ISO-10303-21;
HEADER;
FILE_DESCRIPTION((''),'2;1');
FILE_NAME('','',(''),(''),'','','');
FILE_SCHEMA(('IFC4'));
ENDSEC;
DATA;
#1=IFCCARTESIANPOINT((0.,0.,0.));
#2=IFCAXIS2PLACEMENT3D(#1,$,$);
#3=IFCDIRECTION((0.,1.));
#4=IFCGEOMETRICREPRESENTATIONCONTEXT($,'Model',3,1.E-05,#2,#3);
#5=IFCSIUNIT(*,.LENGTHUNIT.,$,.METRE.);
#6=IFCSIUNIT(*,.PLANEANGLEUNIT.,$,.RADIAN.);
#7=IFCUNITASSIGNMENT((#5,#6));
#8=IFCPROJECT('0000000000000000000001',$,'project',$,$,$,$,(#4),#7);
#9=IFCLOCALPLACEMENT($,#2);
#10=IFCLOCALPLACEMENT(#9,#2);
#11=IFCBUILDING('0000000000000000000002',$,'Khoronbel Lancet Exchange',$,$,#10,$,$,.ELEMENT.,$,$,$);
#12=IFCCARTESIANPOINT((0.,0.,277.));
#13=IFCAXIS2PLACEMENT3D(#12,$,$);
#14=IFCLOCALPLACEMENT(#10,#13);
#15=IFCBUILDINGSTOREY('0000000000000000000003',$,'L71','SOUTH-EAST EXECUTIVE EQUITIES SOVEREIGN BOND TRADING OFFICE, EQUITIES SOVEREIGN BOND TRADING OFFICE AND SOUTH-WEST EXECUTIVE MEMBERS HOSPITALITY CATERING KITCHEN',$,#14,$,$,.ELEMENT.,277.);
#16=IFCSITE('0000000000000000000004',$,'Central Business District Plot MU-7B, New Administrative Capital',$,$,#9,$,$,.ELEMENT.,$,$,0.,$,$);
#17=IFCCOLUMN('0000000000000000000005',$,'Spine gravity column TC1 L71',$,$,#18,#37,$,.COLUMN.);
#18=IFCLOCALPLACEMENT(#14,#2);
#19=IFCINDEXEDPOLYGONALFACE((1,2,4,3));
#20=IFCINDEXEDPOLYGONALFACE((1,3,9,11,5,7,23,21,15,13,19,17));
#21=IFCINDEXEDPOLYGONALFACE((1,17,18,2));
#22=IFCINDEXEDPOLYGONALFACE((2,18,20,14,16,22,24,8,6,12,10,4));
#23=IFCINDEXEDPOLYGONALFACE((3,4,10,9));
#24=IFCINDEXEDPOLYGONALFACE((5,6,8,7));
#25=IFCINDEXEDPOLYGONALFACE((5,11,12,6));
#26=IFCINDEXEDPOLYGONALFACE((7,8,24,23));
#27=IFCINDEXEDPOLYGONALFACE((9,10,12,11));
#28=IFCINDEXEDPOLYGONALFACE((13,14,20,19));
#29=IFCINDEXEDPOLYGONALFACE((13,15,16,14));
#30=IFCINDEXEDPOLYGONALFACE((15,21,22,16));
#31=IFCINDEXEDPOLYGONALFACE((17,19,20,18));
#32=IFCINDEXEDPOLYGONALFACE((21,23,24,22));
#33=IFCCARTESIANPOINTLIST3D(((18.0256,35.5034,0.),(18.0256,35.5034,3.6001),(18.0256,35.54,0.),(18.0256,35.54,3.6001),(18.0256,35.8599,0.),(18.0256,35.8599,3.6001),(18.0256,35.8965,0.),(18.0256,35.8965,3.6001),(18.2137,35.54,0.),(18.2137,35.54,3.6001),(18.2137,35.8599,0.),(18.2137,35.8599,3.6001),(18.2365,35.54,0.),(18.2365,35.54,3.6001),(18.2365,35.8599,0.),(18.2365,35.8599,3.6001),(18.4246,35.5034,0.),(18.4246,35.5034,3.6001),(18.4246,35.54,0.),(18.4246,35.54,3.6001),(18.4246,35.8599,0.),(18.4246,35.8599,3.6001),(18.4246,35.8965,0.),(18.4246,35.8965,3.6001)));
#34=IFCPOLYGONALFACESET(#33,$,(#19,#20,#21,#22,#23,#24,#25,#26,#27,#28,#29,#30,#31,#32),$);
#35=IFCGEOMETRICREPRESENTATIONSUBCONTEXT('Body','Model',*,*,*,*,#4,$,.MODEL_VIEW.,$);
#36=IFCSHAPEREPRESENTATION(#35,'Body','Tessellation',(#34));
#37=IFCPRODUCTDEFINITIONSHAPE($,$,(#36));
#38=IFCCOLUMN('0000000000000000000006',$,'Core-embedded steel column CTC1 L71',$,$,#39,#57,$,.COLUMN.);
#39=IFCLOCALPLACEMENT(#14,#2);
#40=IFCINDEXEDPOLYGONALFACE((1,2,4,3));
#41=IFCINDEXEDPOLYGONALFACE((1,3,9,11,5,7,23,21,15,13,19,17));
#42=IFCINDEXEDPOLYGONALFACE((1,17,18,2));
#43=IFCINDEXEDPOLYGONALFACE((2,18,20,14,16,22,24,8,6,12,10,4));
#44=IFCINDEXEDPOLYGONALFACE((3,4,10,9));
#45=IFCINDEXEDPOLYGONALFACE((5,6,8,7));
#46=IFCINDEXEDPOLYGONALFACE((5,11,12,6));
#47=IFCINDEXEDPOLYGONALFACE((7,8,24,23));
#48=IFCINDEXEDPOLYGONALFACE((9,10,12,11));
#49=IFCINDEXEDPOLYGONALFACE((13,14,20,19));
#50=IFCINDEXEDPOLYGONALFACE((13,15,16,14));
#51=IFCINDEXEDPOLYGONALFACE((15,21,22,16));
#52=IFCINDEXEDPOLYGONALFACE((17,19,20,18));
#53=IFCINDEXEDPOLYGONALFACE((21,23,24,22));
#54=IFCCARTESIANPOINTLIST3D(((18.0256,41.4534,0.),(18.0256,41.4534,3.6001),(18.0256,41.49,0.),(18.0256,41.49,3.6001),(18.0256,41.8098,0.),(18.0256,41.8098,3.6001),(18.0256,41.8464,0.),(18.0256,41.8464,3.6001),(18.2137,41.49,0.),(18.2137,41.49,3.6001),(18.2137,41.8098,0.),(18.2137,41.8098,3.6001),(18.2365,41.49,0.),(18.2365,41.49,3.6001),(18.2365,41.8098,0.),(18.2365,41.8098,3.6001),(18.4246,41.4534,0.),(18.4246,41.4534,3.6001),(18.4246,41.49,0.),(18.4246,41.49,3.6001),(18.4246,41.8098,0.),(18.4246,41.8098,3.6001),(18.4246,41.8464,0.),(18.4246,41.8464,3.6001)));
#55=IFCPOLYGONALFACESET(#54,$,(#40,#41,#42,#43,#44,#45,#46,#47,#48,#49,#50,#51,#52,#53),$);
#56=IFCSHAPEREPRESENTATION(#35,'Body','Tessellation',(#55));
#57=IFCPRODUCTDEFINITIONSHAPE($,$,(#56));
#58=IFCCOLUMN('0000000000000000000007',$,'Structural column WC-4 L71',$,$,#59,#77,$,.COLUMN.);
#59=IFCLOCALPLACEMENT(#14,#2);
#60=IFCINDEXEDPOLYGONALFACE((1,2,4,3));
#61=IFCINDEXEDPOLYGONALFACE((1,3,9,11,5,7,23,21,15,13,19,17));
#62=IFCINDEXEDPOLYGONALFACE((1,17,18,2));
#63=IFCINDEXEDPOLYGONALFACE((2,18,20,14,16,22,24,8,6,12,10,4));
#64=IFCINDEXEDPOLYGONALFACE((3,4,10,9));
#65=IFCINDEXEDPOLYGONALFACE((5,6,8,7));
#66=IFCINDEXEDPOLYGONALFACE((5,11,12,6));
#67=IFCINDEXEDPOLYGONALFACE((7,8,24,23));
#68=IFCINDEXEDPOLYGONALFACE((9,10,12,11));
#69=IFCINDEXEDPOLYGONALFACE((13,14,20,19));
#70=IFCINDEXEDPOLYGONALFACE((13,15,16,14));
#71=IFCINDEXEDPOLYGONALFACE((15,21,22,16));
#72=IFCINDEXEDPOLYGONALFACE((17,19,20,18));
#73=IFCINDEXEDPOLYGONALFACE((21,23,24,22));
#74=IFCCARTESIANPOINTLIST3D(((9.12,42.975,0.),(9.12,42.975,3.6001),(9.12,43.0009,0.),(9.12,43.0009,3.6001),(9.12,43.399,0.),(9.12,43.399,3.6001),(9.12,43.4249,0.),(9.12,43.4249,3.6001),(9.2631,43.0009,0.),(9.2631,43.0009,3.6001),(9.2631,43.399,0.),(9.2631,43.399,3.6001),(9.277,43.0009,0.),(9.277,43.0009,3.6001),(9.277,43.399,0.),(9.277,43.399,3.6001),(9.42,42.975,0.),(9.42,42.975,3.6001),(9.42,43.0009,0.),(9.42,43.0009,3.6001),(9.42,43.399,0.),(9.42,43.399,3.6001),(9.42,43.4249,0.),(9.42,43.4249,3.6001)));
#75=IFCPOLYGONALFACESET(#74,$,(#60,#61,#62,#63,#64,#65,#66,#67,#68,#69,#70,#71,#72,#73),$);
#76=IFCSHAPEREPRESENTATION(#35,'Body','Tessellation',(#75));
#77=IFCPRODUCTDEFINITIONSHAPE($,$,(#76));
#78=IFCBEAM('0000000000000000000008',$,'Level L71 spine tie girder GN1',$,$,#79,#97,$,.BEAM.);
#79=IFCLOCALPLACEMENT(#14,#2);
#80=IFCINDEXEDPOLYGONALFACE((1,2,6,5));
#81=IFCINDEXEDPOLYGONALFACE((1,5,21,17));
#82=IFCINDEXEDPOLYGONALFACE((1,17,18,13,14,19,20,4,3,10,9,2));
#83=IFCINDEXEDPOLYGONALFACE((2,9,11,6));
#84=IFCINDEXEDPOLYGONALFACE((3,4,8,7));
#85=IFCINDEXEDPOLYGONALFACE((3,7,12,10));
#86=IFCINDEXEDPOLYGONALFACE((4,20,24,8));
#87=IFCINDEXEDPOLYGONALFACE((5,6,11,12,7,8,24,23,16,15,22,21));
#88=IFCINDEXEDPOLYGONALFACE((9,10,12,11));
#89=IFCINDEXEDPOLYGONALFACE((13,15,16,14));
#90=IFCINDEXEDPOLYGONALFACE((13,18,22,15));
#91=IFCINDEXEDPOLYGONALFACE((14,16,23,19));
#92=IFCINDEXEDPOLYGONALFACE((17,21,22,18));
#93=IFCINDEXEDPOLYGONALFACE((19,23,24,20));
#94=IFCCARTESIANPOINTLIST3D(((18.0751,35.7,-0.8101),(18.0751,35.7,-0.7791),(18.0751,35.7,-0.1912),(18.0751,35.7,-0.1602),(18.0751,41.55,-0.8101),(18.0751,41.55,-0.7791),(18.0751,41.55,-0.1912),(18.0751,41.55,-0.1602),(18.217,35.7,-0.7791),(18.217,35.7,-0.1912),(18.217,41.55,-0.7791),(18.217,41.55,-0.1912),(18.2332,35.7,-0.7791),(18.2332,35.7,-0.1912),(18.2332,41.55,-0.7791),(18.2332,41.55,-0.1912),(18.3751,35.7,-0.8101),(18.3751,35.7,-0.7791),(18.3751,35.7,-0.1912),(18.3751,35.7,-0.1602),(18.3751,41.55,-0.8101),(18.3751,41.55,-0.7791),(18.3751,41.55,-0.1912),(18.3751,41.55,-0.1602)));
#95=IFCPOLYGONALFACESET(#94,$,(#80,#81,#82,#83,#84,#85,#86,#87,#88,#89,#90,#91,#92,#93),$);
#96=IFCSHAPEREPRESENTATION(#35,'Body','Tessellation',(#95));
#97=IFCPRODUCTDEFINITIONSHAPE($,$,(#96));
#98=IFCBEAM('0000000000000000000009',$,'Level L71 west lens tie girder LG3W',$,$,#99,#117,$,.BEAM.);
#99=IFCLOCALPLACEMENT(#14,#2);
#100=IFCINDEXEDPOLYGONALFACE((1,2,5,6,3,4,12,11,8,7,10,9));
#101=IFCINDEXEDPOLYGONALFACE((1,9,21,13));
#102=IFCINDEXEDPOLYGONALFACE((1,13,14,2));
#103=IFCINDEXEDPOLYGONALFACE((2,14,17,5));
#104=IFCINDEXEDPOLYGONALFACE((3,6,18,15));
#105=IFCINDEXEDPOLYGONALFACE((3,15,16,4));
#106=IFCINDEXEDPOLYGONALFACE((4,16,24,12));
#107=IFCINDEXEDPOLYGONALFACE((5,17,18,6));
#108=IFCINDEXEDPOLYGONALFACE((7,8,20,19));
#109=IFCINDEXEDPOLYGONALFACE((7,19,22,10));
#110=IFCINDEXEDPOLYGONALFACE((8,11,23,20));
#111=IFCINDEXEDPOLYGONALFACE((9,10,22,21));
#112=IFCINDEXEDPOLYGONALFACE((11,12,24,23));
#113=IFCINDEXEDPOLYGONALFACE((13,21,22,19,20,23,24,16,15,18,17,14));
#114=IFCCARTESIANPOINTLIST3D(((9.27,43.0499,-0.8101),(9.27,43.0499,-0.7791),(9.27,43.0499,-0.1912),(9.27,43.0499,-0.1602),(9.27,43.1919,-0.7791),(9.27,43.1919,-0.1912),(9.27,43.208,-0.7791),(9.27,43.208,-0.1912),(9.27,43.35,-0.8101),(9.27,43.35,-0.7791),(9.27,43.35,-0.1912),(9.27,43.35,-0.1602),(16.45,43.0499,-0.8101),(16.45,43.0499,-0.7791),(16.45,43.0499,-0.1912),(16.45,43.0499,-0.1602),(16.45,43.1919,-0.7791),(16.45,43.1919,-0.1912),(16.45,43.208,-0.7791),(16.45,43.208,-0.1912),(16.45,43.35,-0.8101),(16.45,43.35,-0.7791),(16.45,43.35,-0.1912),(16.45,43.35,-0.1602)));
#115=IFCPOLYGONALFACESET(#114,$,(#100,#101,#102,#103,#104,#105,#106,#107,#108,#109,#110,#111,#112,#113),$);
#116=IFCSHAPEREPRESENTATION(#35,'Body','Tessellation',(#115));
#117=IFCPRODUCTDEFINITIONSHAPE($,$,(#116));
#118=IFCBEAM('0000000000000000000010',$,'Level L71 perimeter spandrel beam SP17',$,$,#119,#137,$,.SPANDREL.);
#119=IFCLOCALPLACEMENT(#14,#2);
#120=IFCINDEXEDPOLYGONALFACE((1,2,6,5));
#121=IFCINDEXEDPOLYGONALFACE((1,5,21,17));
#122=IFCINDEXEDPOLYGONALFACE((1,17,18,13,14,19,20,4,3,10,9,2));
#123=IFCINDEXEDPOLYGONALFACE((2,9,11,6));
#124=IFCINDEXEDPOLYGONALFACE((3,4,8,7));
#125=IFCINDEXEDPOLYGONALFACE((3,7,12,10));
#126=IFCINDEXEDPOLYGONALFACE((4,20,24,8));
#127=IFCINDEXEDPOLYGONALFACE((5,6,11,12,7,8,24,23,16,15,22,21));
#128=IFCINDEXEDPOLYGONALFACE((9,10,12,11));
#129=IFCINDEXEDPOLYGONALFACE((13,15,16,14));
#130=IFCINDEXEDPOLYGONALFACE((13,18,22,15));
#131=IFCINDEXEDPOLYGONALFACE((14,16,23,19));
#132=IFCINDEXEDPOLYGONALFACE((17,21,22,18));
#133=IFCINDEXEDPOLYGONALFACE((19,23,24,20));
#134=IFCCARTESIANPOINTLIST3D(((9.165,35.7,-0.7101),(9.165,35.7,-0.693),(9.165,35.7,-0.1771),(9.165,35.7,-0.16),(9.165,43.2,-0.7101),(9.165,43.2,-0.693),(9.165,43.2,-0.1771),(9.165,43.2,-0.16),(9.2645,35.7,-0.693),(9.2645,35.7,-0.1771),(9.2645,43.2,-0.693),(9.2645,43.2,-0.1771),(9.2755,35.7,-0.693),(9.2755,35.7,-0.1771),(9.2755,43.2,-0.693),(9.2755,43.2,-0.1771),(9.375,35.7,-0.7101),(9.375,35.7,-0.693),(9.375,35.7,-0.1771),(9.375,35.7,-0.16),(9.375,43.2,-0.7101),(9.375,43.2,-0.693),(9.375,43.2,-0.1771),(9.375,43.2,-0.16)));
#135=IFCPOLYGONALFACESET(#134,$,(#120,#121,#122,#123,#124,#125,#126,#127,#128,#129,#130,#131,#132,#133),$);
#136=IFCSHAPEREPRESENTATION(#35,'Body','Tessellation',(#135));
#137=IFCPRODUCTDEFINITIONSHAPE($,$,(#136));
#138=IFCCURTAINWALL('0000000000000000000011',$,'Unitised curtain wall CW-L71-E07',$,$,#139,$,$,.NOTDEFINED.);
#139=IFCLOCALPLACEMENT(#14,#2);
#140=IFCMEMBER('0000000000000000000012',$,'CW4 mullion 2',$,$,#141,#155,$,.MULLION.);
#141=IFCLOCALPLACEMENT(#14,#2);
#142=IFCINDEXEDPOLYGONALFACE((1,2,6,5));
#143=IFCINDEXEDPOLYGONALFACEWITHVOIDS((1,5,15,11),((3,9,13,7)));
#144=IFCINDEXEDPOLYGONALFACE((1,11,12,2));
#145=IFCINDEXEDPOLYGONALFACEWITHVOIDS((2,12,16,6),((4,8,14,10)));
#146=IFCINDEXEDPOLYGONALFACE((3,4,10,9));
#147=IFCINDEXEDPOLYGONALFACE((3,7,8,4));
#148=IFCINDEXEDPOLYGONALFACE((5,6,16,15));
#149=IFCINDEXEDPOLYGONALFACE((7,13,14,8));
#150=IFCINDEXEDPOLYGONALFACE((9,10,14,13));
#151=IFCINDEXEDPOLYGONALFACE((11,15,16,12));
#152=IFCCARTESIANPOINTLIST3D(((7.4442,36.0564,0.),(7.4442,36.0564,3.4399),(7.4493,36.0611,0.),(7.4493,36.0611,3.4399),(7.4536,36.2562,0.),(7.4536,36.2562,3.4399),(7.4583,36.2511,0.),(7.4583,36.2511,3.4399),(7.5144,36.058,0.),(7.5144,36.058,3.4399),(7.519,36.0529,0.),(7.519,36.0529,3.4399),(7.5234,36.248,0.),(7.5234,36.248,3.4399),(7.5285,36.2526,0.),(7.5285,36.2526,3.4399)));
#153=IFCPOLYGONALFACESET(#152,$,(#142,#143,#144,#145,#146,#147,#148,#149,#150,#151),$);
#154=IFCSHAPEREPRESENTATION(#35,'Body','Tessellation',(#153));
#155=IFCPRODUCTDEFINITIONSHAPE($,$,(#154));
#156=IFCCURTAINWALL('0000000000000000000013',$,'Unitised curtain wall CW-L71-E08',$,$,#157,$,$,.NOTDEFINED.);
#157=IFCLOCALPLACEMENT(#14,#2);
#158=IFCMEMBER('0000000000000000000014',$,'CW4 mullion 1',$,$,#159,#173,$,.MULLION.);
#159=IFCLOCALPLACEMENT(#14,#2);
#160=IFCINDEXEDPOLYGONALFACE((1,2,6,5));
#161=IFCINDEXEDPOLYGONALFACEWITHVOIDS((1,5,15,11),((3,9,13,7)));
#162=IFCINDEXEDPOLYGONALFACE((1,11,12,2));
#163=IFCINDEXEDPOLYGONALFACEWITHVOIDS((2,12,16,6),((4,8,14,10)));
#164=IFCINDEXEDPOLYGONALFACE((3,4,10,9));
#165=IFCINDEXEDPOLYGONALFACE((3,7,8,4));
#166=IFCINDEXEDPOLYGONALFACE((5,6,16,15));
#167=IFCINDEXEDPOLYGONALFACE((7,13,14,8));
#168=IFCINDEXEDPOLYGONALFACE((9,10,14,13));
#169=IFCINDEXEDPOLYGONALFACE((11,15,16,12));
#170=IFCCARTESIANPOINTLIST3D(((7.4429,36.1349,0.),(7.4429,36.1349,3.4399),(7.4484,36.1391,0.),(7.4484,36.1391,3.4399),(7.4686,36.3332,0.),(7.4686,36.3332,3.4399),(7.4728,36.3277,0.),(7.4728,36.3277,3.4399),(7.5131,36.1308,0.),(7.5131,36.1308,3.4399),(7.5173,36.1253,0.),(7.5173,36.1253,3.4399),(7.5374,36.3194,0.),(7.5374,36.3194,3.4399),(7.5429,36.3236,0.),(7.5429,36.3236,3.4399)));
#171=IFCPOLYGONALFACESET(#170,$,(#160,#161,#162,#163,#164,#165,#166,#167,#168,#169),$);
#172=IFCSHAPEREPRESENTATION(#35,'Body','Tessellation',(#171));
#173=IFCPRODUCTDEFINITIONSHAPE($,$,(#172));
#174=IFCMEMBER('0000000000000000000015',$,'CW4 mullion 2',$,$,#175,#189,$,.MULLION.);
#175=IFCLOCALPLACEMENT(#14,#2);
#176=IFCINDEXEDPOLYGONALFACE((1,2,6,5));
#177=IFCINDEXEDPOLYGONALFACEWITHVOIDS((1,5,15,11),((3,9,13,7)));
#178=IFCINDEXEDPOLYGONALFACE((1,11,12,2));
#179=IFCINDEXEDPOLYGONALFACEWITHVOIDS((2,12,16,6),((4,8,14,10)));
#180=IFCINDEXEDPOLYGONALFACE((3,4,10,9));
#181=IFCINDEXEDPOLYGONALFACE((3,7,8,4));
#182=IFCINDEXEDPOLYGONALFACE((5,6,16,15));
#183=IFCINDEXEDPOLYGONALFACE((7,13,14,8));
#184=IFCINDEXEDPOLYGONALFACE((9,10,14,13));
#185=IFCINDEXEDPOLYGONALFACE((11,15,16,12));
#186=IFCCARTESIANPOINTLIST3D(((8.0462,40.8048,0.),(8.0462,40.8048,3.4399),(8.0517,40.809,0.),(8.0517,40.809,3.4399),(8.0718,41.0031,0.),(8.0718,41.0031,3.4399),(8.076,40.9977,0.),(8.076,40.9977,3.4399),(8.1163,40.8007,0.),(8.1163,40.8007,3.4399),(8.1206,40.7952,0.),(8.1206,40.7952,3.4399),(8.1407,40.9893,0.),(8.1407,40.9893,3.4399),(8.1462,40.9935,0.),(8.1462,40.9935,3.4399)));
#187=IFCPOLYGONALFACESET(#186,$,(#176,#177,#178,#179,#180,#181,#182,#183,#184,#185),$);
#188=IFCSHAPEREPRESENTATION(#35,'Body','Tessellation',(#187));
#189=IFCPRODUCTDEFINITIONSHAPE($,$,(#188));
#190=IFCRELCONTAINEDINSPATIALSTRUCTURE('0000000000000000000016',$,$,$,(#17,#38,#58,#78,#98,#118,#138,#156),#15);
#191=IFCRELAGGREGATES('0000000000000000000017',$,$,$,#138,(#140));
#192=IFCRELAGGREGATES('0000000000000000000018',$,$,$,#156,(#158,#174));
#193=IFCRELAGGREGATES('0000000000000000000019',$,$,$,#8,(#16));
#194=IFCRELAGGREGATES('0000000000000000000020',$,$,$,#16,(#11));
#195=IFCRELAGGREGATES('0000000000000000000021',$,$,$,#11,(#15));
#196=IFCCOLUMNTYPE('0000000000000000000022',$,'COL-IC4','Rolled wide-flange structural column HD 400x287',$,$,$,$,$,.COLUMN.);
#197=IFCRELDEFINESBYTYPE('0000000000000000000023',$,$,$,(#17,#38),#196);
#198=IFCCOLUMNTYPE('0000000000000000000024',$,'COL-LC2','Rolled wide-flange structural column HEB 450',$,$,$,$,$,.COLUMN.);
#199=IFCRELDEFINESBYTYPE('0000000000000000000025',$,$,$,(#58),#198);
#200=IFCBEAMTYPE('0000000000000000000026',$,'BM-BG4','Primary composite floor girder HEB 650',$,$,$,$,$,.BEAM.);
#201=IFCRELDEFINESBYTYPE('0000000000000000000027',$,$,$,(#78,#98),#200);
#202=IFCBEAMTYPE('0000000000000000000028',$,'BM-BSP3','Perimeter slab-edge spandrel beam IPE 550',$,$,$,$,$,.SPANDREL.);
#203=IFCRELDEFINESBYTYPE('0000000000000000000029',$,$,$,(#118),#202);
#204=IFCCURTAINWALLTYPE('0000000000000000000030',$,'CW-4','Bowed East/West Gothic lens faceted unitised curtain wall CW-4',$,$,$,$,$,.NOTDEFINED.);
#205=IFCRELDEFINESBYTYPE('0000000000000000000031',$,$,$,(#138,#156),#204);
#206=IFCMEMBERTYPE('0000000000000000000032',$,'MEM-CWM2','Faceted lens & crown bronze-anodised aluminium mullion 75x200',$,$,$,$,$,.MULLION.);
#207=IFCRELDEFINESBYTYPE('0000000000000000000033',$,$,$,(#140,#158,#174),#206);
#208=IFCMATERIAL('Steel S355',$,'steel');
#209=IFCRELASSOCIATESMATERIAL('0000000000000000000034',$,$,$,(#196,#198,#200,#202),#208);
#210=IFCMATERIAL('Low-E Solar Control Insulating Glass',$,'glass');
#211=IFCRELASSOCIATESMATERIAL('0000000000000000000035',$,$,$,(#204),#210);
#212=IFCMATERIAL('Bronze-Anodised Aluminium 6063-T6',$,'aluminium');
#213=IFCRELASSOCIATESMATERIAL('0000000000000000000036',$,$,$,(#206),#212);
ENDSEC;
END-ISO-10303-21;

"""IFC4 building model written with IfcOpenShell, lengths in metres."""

from ifc_helpers import new_model, si_unit, direction, frame, origin, origin_2d, place, context, subcontext, project, spatial, hollow_rectangle, i_section, extrude, material, material_profile, profile_set, type_object, element, aggregate, save


model = new_model("IFC4")

# Units and contexts
model_context = context("Model", 3, precision=1e-05, world=origin(), true_north=direction((0.0, 1.0)))
body_context = subcontext(model_context, "Body", "Model", "MODEL_VIEW")
ifc_project = project(units=[si_unit("LENGTHUNIT", "METRE"), si_unit("PLANEANGLEUNIT", "RADIAN")], contexts=[model_context])

# Site, building, storey
site_placement = place(None, origin())
site = spatial("IfcSite", under=ifc_project, at=site_placement, Name="Central Business District Plot MU-7B, New Administrative Capital", CompositionType="ELEMENT", RefElevation=0.0)
building_placement = place(site_placement, origin())
building = spatial("IfcBuilding", under=site, at=building_placement, Name="Khoronbel Lancet Exchange", CompositionType="ELEMENT")
storey_placement = place(building_placement, frame((0.0, 0.0, 277.0)))
storey = spatial("IfcBuildingStorey", under=building, at=storey_placement, Name="L71", Description="SOUTH-EAST EXECUTIVE EQUITIES SOVEREIGN BOND TRADING OFFICE, EQUITIES SOVEREIGN BOND TRADING OFFICE AND SOUTH-WEST EXECUTIVE MEMBERS HOSPITALITY CATERING KITCHEN", CompositionType="ELEMENT", Elevation=277.0)

# Columns
ifc_material_1 = material(Name="Steel S355", Category="steel")
ifc_material_profile_1 = material_profile(ifc_material_1, i_section(OverallWidth=0.3989, OverallDepth=0.3931, WebThickness=0.0227, FlangeThickness=0.0366, at=origin_2d()), Name="HD 400x287")
ifc_profile_set_1 = profile_set([ifc_material_profile_1], Name="Steel S355")
column_type_1 = type_object("IfcColumnType", Name="COL-IC4", Description="Rolled wide-flange structural column HD 400x287", PredefinedType="COLUMN", material=ifc_profile_set_1)
for number, where, z_axis, x_axis, name in (
    (1, (18.2251, 35.7, 0.0), (0.0, 0.0, 1.0), (1.0, 0.0, 0.0), "Spine gravity column TC1 L71"),
    (2, (18.2251, 41.6499, 0.0), (0.0, 0.0, 1.0), (1.0, 0.0, 0.0), "Core-embedded steel column CTC1 L71"),
):
    element("IfcColumn", number, at=place(storey_placement, frame(where, z_axis=z_axis, x_axis=x_axis)), inside=storey, type_object=column_type_1, Name=name, PredefinedType="COLUMN", context=body_context, shape_type="SweptSolid", body=[
        extrude(i_section(OverallWidth=0.3989, OverallDepth=0.3931, WebThickness=0.0227, FlangeThickness=0.0366, at=origin_2d()), origin(), (0.0, 0.0, 1.0), 3.6001),
    ])
ifc_material_profile_2 = material_profile(ifc_material_1, i_section(OverallWidth=0.3, OverallDepth=0.45, WebThickness=0.0139, FlangeThickness=0.0259, at=origin_2d()), Name="HEB 450")
ifc_profile_set_2 = profile_set([ifc_material_profile_2], Name="Steel S355")
column_type_2 = type_object("IfcColumnType", Name="COL-LC2", Description="Rolled wide-flange structural column HEB 450", PredefinedType="COLUMN", material=ifc_profile_set_2)
column_placement = place(storey_placement, frame((9.27, 43.2, 0.0), z_axis=(0.0, 0.0, 1.0), x_axis=(1.0, 0.0, 0.0)))
element("IfcColumn", 3, at=column_placement, inside=storey, type_object=column_type_2, Name="Structural column WC-4 L71", PredefinedType="COLUMN", context=body_context, shape_type="SweptSolid", body=[
    extrude(i_section(OverallWidth=0.3, OverallDepth=0.45, WebThickness=0.0139, FlangeThickness=0.0259, at=origin_2d()), origin(), (0.0, 0.0, 1.0), 3.6001),
])

# Beams
ifc_material_profile_3 = material_profile(ifc_material_1, i_section(OverallWidth=0.3, OverallDepth=0.6499, WebThickness=0.0161, FlangeThickness=0.031, at=origin_2d()), Name="HEB 650")
ifc_profile_set_3 = profile_set([ifc_material_profile_3], Name="Steel S355")
beam_type_1 = type_object("IfcBeamType", Name="BM-BG4", Description="Primary composite floor girder HEB 650", PredefinedType="BEAM", material=ifc_profile_set_3)
beam_1_placement = place(storey_placement, frame((18.2251, 35.7, -0.4851), z_axis=(0.0, 1.0, 0.0), x_axis=(-1.0, 0.0, 0.0)))
element("IfcBeam", 4, at=beam_1_placement, inside=storey, type_object=beam_type_1, Name="Level L71 spine tie girder GN1", PredefinedType="BEAM", context=body_context, shape_type="SweptSolid", body=[
    extrude(i_section(OverallWidth=0.3, OverallDepth=0.6499, WebThickness=0.0161, FlangeThickness=0.031, at=origin_2d()), origin(), (0.0, 0.0, 1.0), 5.8501),
])
beam_2_placement = place(storey_placement, frame((9.27, 43.2, -0.4851), z_axis=(1.0, 0.0, 0.0), x_axis=(0.0, 1.0, 0.0)))
element("IfcBeam", 5, at=beam_2_placement, inside=storey, type_object=beam_type_1, Name="Level L71 west lens tie girder LG3W", PredefinedType="BEAM", context=body_context, shape_type="SweptSolid", body=[
    extrude(i_section(OverallWidth=0.3, OverallDepth=0.6499, WebThickness=0.0161, FlangeThickness=0.031, at=origin_2d()), origin(), (0.0, 0.0, 1.0), 7.1799),
])
ifc_material_profile_4 = material_profile(ifc_material_1, i_section(OverallWidth=0.21, OverallDepth=0.55, WebThickness=0.011, FlangeThickness=0.0171, at=origin_2d()), Name="IPE 550")
ifc_profile_set_4 = profile_set([ifc_material_profile_4], Name="Steel S355")
beam_type_2 = type_object("IfcBeamType", Name="BM-BSP3", Description="Perimeter slab-edge spandrel beam IPE 550", PredefinedType="SPANDREL", material=ifc_profile_set_4)
beam_3_placement = place(storey_placement, frame((9.27, 43.2, -0.4351), z_axis=(0.0, -1.0, 0.0), x_axis=(1.0, 0.0, 0.0)))
element("IfcBeam", 6, at=beam_3_placement, inside=storey, type_object=beam_type_2, Name="Level L71 perimeter spandrel beam SP17", PredefinedType="SPANDREL", context=body_context, shape_type="SweptSolid", body=[
    extrude(i_section(OverallWidth=0.21, OverallDepth=0.55, WebThickness=0.011, FlangeThickness=0.0171, at=origin_2d()), origin(), (0.0, 0.0, 1.0), 7.5),
])

# Curtain wall, member
ifc_material_2 = material(Name="Low-E Solar Control Insulating Glass", Category="glass")
curtain_wall_type = type_object("IfcCurtainWallType", Name="CW-4", Description="Bowed East/West Gothic lens faceted unitised curtain wall CW-4", PredefinedType="NOTDEFINED", material=ifc_material_2)
curtain_wall_1_placement = place(storey_placement, origin())
curtain_wall_1 = element("IfcCurtainWall", 7, at=curtain_wall_1_placement, inside=storey, type_object=curtain_wall_type, Name="Unitised curtain wall CW-L71-E07", PredefinedType="NOTDEFINED")
ifc_material_3 = material(Name="Bronze-Anodised Aluminium 6063-T6", Category="aluminium")
ifc_material_profile_5 = material_profile(ifc_material_3, hollow_rectangle(XDim=0.075, YDim=0.2, WallThickness=0.0049, at=origin_2d()), Name="ALU MULLION 75x200")
ifc_profile_set_5 = profile_set([ifc_material_profile_5], Name="Bronze-Anodised Aluminium 6063-T6")
member_type_1 = type_object("IfcMemberType", Name="MEM-CWM2", Description="Faceted lens & crown bronze-anodised aluminium mullion 75x200", PredefinedType="MULLION", material=ifc_profile_set_5)
member_1_placement = place(storey_placement, frame((7.4863, 36.1545, 0.0), z_axis=(0.0, 0.0, 1.0), x_axis=(-0.998885, 0.047205, 0.0)))
member_1 = element("IfcMember", 8, at=member_1_placement, type_object=member_type_1, Name="CW4 mullion 2", PredefinedType="MULLION", context=body_context, shape_type="SweptSolid", body=[
    extrude(hollow_rectangle(XDim=0.075, YDim=0.2, WallThickness=0.0049, at=origin_2d()), origin(), (0.0, 0.0, 1.0), 3.4399),
])
aggregate(curtain_wall_1, [member_1])

# Curtain wall, members
curtain_wall_2_placement = place(storey_placement, origin())
curtain_wall_2 = element("IfcCurtainWall", 9, at=curtain_wall_2_placement, inside=storey, type_object=curtain_wall_type, Name="Unitised curtain wall CW-L71-E08", PredefinedType="NOTDEFINED")
member_2_placement = place(storey_placement, frame((7.4929, 36.2292, 0.0), z_axis=(0.0, 0.0, 1.0), x_axis=(-0.991761, 0.128101, 0.0)))
member_2 = element("IfcMember", 10, at=member_2_placement, type_object=member_type_1, Name="CW4 mullion 1", PredefinedType="MULLION", context=body_context, shape_type="SweptSolid", body=[
    extrude(hollow_rectangle(XDim=0.075, YDim=0.2, WallThickness=0.0049, at=origin_2d()), origin(), (0.0, 0.0, 1.0), 3.4399),
])
member_3_placement = place(storey_placement, frame((8.0962, 40.8992, 0.0), z_axis=(0.0, 0.0, 1.0), x_axis=(-0.991761, 0.128101, 0.0)))
member_3 = element("IfcMember", 11, at=member_3_placement, type_object=member_type_1, Name="CW4 mullion 2", PredefinedType="MULLION", context=body_context, shape_type="SweptSolid", body=[
    extrude(hollow_rectangle(XDim=0.075, YDim=0.2, WallThickness=0.0049, at=origin_2d()), origin(), (0.0, 0.0, 1.0), 3.4399),
])

aggregate(curtain_wall_2, [member_2, member_3])

save(model, "model.ifc")
